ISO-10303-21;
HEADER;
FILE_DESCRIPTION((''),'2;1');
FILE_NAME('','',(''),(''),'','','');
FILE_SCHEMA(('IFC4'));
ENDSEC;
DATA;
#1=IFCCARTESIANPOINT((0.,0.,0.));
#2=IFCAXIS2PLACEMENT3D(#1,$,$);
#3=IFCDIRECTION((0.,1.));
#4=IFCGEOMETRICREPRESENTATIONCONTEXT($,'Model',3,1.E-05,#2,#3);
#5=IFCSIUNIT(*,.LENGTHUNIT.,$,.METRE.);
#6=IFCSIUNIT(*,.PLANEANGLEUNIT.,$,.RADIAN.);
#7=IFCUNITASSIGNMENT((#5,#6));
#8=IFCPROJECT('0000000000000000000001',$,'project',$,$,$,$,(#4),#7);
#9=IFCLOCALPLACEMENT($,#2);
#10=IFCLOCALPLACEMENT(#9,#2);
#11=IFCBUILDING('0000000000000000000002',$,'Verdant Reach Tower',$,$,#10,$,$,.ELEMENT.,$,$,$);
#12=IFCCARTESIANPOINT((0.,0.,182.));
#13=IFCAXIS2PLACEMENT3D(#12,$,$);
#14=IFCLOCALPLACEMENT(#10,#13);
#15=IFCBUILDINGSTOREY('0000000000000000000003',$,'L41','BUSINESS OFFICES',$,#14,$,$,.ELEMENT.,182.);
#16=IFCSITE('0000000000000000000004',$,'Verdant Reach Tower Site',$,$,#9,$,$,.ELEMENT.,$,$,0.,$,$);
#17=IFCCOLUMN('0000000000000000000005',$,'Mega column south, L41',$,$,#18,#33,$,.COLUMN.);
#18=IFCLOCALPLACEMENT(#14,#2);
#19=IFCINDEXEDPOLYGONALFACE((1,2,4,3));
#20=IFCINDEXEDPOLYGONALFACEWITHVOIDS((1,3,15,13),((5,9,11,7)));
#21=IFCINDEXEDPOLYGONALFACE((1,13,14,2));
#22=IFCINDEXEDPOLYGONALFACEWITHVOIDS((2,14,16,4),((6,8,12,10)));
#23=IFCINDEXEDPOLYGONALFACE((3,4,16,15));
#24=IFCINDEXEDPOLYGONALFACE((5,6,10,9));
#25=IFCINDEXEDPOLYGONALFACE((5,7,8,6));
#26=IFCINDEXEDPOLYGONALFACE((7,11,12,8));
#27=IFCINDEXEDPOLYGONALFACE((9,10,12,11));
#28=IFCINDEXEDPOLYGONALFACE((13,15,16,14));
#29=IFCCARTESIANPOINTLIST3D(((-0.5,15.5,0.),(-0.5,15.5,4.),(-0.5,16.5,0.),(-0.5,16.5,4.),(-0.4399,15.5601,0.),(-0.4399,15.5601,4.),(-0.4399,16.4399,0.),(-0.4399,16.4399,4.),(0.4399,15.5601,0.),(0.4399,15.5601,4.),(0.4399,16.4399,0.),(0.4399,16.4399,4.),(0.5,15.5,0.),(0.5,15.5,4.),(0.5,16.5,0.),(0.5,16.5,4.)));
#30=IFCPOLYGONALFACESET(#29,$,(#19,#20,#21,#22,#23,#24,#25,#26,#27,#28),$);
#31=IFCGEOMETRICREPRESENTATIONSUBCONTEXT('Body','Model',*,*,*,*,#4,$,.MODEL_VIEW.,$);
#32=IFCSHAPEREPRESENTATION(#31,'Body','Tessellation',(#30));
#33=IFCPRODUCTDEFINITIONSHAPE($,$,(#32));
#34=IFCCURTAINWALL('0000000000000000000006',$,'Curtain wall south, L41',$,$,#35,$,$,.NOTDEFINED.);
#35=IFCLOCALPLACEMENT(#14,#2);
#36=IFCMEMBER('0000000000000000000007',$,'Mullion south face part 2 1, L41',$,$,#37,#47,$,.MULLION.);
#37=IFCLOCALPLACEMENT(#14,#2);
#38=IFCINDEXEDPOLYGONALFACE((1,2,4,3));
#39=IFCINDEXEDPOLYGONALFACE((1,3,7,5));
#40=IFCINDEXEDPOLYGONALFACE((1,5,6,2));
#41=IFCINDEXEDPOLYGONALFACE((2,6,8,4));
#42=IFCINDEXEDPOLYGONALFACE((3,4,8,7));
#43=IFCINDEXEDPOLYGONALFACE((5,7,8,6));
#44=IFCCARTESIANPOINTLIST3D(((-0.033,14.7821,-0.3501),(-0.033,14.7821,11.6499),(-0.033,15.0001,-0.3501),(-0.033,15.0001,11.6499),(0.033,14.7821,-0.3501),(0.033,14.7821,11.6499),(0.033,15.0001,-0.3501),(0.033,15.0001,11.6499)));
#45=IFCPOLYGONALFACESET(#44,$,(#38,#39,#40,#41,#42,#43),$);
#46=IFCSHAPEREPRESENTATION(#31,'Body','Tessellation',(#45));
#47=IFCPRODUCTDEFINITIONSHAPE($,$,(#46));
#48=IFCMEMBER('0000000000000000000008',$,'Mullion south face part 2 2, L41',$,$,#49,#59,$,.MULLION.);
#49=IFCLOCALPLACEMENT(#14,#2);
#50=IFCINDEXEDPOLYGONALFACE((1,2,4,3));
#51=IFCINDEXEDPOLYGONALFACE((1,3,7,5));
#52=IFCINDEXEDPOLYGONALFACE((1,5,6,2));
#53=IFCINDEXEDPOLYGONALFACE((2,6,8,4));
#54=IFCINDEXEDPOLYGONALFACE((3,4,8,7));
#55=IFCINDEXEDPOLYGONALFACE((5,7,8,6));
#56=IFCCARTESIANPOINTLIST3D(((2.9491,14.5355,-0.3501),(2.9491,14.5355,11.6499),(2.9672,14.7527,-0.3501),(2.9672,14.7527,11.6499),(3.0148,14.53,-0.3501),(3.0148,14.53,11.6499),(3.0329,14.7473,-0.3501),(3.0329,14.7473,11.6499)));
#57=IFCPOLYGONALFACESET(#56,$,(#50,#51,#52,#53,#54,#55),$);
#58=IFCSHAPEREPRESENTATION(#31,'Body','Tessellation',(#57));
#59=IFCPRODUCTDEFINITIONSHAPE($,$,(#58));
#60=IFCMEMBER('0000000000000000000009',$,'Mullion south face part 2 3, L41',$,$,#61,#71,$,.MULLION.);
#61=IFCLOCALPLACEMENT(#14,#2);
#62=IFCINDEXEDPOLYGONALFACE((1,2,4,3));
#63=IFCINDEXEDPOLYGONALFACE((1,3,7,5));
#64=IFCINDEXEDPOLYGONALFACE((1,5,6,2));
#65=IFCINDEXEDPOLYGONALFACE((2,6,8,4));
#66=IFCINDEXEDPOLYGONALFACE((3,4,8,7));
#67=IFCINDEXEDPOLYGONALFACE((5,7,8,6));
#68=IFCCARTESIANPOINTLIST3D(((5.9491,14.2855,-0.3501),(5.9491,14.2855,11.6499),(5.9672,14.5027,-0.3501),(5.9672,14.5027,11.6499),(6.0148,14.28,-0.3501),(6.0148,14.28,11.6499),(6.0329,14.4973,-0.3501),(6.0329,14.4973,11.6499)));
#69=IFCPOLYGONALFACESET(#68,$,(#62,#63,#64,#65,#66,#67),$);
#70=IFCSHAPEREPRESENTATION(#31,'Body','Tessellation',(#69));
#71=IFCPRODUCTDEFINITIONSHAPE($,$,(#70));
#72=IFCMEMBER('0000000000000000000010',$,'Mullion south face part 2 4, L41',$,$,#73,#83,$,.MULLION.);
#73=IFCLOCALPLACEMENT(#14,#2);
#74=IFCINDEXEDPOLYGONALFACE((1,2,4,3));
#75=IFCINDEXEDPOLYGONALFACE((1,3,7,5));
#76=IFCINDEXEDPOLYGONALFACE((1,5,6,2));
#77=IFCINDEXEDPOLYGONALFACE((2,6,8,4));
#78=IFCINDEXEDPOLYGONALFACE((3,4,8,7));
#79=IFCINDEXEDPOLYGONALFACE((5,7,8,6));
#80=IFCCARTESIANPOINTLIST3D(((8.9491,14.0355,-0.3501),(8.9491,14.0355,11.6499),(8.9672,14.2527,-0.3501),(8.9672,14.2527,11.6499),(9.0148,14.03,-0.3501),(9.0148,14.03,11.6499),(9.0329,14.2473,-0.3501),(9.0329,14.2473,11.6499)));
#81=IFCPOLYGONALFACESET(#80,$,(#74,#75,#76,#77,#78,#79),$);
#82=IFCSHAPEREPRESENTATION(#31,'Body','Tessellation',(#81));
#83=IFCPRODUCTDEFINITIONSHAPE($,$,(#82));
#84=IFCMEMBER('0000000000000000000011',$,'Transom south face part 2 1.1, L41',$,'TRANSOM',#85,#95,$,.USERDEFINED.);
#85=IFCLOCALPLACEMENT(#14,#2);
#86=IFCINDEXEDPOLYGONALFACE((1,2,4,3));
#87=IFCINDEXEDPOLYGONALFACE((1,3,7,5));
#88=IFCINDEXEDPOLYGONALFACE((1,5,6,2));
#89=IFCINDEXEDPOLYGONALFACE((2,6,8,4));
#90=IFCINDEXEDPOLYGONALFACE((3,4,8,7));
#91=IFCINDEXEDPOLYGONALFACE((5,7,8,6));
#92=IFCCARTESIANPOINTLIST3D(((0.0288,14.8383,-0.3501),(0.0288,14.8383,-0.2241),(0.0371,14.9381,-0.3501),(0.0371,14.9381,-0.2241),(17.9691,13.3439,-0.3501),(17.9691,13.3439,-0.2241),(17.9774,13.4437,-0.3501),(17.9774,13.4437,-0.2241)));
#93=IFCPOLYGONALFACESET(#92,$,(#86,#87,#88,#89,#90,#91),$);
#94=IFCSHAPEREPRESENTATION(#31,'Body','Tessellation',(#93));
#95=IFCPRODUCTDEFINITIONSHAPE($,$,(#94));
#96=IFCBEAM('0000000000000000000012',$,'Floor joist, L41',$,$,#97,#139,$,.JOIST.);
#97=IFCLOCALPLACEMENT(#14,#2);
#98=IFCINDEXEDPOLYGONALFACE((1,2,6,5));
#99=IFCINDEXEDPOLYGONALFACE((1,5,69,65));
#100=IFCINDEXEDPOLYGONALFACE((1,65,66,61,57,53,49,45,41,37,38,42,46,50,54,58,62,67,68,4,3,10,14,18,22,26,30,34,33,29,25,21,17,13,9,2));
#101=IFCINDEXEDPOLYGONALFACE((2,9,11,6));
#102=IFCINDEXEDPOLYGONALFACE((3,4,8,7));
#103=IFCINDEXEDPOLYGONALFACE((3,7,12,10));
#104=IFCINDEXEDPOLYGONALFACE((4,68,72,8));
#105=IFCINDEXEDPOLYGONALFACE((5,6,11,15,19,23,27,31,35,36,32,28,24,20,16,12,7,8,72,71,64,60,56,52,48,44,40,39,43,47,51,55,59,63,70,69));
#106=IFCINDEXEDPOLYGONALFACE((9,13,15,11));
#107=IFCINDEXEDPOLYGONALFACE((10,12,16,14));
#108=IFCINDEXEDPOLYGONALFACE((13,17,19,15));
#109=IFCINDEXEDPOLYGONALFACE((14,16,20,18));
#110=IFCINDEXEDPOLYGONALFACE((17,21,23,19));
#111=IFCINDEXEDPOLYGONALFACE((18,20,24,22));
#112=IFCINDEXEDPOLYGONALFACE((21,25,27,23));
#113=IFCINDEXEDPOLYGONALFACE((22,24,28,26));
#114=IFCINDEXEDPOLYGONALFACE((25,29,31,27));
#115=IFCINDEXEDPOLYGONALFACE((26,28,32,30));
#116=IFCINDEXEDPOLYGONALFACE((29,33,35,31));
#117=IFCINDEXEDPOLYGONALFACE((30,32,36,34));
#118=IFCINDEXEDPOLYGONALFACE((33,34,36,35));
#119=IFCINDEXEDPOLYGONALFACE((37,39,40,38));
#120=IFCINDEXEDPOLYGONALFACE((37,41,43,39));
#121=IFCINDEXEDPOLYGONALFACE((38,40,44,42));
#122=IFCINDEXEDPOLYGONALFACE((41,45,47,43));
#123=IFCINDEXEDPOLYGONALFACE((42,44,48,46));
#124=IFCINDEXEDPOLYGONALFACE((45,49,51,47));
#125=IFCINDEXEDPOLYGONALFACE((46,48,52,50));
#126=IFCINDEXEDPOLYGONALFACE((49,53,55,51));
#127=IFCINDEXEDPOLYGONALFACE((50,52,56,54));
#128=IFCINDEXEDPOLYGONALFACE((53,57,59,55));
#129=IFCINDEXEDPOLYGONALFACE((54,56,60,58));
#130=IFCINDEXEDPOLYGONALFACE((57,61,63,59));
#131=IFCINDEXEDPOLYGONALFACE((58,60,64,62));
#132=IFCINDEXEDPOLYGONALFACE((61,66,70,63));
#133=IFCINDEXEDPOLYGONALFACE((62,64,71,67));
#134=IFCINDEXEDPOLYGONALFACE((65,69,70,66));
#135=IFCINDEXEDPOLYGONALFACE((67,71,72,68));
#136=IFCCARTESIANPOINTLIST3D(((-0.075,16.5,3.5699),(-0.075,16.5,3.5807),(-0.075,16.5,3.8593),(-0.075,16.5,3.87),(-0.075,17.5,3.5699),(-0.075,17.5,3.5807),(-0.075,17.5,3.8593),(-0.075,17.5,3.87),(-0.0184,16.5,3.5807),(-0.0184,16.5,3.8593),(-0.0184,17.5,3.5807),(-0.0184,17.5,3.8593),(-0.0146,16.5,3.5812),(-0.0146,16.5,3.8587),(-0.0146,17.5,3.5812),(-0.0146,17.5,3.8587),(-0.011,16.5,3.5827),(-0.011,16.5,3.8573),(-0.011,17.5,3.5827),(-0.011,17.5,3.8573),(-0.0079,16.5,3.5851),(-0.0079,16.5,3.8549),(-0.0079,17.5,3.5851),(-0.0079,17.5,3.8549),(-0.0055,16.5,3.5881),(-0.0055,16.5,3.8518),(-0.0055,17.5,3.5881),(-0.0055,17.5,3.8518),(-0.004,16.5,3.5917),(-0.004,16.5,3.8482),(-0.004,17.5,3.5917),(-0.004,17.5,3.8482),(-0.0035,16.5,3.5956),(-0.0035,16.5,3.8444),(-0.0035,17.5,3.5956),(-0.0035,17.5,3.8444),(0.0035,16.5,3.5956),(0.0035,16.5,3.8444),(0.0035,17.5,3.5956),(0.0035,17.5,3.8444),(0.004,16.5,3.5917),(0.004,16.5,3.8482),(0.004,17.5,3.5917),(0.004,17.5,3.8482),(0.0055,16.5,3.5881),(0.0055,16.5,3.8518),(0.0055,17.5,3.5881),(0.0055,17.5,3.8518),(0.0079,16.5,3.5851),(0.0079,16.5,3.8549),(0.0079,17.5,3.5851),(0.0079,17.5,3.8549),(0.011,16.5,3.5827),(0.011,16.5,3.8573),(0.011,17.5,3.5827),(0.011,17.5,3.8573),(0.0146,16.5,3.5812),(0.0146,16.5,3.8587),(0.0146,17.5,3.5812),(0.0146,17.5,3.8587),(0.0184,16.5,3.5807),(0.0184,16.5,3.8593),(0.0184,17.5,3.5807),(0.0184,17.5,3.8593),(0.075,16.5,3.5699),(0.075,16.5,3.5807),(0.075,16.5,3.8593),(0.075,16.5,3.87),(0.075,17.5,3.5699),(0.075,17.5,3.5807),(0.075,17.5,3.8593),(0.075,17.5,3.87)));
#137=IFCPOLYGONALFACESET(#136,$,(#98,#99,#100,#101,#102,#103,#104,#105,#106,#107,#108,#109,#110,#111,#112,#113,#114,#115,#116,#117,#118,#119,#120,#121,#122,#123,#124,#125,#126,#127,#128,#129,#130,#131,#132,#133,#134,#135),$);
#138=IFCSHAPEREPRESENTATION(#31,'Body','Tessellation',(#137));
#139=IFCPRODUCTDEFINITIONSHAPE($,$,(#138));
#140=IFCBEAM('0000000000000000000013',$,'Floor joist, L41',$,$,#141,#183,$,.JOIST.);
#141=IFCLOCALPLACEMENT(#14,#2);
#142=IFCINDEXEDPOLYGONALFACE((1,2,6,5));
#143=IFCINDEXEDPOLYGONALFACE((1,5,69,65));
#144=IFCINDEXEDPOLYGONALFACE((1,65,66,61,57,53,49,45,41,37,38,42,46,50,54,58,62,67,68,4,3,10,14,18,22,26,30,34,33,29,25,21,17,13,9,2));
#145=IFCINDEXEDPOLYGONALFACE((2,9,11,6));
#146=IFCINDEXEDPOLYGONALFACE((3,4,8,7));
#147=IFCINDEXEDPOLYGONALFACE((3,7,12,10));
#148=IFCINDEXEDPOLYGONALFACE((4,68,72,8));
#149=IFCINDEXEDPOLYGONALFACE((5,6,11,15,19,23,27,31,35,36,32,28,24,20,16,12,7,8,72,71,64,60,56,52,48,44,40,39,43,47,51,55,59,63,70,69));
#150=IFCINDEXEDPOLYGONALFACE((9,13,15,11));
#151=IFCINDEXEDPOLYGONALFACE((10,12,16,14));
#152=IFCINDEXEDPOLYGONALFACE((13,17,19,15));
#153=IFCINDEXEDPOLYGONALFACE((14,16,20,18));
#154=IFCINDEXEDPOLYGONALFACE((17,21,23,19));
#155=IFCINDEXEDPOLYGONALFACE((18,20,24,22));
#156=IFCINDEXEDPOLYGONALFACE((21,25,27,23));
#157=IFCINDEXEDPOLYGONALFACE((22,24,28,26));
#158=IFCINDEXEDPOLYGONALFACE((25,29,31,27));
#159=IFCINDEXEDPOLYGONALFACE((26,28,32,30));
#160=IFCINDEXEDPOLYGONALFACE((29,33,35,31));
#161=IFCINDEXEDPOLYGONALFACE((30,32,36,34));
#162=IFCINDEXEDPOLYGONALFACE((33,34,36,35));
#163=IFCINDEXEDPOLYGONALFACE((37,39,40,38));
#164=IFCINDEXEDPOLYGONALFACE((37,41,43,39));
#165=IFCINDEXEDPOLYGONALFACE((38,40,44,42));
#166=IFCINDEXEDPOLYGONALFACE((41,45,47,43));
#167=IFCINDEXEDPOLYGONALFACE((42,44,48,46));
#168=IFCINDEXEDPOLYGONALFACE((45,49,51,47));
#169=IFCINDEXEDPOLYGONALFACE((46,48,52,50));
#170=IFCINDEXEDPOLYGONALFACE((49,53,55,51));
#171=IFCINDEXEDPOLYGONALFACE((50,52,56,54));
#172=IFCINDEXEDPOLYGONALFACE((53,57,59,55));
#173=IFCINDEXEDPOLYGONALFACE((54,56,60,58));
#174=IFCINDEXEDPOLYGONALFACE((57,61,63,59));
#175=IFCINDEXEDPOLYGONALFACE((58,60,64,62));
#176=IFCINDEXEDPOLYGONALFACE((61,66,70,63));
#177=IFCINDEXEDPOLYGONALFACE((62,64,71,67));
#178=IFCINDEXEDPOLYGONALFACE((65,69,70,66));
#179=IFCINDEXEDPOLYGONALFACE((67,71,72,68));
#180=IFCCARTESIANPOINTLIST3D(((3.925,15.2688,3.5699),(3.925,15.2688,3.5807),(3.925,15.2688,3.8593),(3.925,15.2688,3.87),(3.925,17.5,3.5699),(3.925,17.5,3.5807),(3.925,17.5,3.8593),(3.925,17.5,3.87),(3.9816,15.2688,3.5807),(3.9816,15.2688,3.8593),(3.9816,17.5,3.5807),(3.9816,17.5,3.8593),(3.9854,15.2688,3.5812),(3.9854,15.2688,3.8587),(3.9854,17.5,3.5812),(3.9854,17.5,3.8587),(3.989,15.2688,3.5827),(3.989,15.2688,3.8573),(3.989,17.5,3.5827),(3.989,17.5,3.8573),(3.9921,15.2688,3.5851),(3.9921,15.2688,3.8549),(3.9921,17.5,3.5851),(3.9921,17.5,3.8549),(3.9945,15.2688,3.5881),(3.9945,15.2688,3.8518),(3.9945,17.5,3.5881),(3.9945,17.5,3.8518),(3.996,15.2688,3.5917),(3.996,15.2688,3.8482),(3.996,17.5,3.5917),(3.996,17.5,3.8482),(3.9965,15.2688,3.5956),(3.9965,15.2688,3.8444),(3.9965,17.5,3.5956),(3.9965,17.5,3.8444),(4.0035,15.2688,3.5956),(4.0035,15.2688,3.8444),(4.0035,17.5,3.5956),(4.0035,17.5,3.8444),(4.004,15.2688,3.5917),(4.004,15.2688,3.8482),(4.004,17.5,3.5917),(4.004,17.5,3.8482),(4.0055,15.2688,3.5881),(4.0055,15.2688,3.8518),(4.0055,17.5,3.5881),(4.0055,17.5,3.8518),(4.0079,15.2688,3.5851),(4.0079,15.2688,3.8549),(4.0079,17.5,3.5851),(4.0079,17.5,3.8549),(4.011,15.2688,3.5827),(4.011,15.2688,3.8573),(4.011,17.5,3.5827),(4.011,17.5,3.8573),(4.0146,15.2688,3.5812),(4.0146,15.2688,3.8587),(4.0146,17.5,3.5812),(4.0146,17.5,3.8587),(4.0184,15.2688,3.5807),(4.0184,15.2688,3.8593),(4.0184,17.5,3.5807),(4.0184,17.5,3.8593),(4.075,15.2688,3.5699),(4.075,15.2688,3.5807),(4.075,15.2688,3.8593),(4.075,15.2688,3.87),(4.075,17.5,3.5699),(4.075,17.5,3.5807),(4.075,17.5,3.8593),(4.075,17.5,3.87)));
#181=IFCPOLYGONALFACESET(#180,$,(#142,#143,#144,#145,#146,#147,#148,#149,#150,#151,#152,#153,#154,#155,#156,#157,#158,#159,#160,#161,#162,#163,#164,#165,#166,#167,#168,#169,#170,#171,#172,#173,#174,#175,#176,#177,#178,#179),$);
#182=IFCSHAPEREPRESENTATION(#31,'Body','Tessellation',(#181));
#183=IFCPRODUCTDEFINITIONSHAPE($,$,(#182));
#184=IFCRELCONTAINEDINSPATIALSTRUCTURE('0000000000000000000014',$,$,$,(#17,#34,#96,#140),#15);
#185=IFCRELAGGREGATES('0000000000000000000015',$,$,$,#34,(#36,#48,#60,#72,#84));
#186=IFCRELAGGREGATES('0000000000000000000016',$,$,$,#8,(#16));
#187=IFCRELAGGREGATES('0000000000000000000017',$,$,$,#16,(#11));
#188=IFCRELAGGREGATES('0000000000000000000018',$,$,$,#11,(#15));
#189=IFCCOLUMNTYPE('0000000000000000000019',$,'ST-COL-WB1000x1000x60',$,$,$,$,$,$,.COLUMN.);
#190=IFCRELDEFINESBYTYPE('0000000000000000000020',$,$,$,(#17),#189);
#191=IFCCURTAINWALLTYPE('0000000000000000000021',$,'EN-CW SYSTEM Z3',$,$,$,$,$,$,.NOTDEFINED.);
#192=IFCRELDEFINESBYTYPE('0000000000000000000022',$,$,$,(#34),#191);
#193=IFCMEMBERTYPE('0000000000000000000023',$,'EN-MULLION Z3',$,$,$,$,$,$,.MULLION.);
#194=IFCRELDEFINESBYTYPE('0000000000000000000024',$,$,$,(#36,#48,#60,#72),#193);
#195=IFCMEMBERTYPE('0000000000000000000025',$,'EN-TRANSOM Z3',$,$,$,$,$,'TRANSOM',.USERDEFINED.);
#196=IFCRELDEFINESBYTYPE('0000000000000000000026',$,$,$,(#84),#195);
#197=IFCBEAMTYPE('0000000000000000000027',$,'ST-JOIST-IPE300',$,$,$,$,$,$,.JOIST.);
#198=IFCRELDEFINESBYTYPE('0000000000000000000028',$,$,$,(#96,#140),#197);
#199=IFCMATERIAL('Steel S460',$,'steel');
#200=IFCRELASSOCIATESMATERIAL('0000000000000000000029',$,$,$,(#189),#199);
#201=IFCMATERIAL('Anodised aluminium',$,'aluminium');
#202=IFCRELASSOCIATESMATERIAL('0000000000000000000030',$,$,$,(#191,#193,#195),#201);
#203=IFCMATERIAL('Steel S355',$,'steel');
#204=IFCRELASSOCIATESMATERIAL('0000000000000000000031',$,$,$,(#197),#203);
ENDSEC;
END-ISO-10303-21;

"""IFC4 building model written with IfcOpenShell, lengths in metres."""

from ifc_helpers import new_model, si_unit, direction, frame, origin, origin_2d, place, context, subcontext, project, spatial, rectangle, hollow_rectangle, i_section, extrude, material, material_profile, profile_set, type_object, element, aggregate, save


model = new_model("IFC4")

# Units and contexts
model_context = context("Model", 3, precision=1e-05, world=origin(), true_north=direction((0.0, 1.0)))
body_context = subcontext(model_context, "Body", "Model", "MODEL_VIEW")
ifc_project = project(units=[si_unit("LENGTHUNIT", "METRE"), si_unit("PLANEANGLEUNIT", "RADIAN")], contexts=[model_context])

# Site, building, storey
site_placement = place(None, origin())
site = spatial("IfcSite", under=ifc_project, at=site_placement, Name="Verdant Reach Tower Site", CompositionType="ELEMENT", RefElevation=0.0)
building_placement = place(site_placement, origin())
building = spatial("IfcBuilding", under=site, at=building_placement, Name="Verdant Reach Tower", CompositionType="ELEMENT")
storey_placement = place(building_placement, frame((0.0, 0.0, 182.0)))
storey = spatial("IfcBuildingStorey", under=building, at=storey_placement, Name="L41", Description="BUSINESS OFFICES", CompositionType="ELEMENT", Elevation=182.0)

# Column
ifc_material_1 = material(Name="Steel S460", Category="steel")
ifc_material_profile_1 = material_profile(ifc_material_1, hollow_rectangle(XDim=1.0, YDim=1.0, WallThickness=0.0601, at=origin_2d()), Name="WB 1000x1000x60")
ifc_profile_set_1 = profile_set([ifc_material_profile_1], Name="Steel S460")
column_type = type_object("IfcColumnType", Name="ST-COL-WB1000x1000x60", PredefinedType="COLUMN", material=ifc_profile_set_1)
column_placement = place(storey_placement, frame((0.0, 16.0, 0.0), z_axis=(0.0, 0.0, 1.0), x_axis=(1.0, 0.0, 0.0)))
element("IfcColumn", 1, at=column_placement, inside=storey, type_object=column_type, Name="Mega column south, L41", PredefinedType="COLUMN", context=body_context, shape_type="SweptSolid", body=[
    extrude(hollow_rectangle(XDim=1.0, YDim=1.0, WallThickness=0.0601, at=origin_2d()), origin(), (0.0, 0.0, 1.0), 4.0),
])

# Curtain wall, members
ifc_material_2 = material(Name="Anodised aluminium", Category="aluminium")
curtain_wall_type = type_object("IfcCurtainWallType", Name="EN-CW SYSTEM Z3", PredefinedType="NOTDEFINED", material=ifc_material_2)
curtain_wall_placement = place(storey_placement, origin())
curtain_wall = element("IfcCurtainWall", 2, at=curtain_wall_placement, inside=storey, type_object=curtain_wall_type, Name="Curtain wall south, L41", PredefinedType="NOTDEFINED")
ifc_material_profile_2 = material_profile(ifc_material_2, rectangle(XDim=0.218, YDim=0.0659, at=origin_2d()), Name="Mullion 66x218")
ifc_profile_set_2 = profile_set([ifc_material_profile_2], Name="Anodised aluminium")
member_type_1 = type_object("IfcMemberType", Name="EN-MULLION Z3", PredefinedType="MULLION", material=ifc_profile_set_2)
member_1_placement = place(storey_placement, frame((0.0, 14.8911, -0.3501), z_axis=(0.0, 0.0, 1.0), x_axis=(0.0, -1.0, 0.0)))
member_1 = element("IfcMember", 3, at=member_1_placement, type_object=member_type_1, Name="Mullion south face part 2 1, L41", PredefinedType="MULLION", context=body_context, shape_type="SweptSolid", body=[
    extrude(rectangle(XDim=0.218, YDim=0.0659, at=origin_2d()), origin(), (0.0, 0.0, 1.0), 12.0),
])
member_2_placement = place(storey_placement, frame((2.991, 14.6414, -0.3501), z_axis=(0.0, 0.0, 1.0), x_axis=(-0.083045, -0.996546, 0.0)))
member_2 = element("IfcMember", 4, at=member_2_placement, type_object=member_type_1, Name="Mullion south face part 2 2, L41", PredefinedType="MULLION", context=body_context, shape_type="SweptSolid", body=[
    extrude(rectangle(XDim=0.218, YDim=0.0659, at=origin_2d()), origin(), (0.0, 0.0, 1.0), 12.0),
])
member_3_placement = place(storey_placement, frame((5.991, 14.3914, -0.3501), z_axis=(0.0, 0.0, 1.0), x_axis=(-0.083045, -0.996546, 0.0)))
member_3 = element("IfcMember", 5, at=member_3_placement, type_object=member_type_1, Name="Mullion south face part 2 3, L41", PredefinedType="MULLION", context=body_context, shape_type="SweptSolid", body=[
    extrude(rectangle(XDim=0.218, YDim=0.0659, at=origin_2d()), origin(), (0.0, 0.0, 1.0), 12.0),
])
member_4_placement = place(storey_placement, frame((8.991, 14.1414, -0.3501), z_axis=(0.0, 0.0, 1.0), x_axis=(-0.083045, -0.996546, 0.0)))
member_4 = element("IfcMember", 6, at=member_4_placement, type_object=member_type_1, Name="Mullion south face part 2 4, L41", PredefinedType="MULLION", context=body_context, shape_type="SweptSolid", body=[
    extrude(rectangle(XDim=0.218, YDim=0.0659, at=origin_2d()), origin(), (0.0, 0.0, 1.0), 12.0),
])
ifc_material_profile_3 = material_profile(ifc_material_2, rectangle(XDim=0.1001, YDim=0.126, at=origin_2d()), Name="Transom 126x100")
ifc_profile_set_3 = profile_set([ifc_material_profile_3], Name="Anodised aluminium")
member_type_2 = type_object("IfcMemberType", Name="EN-TRANSOM Z3", ElementType="TRANSOM", PredefinedType="USERDEFINED", material=ifc_profile_set_3)
member_5_placement = place(storey_placement, frame((0.033, 14.8882, -0.2871), z_axis=(0.996549, -0.08301, 0.0), x_axis=(0.08301, 0.996549, 0.0)))
member_5 = element("IfcMember", 7, at=member_5_placement, type_object=member_type_2, Name="Transom south face part 2 1.1, L41", ObjectType="TRANSOM", PredefinedType="USERDEFINED", context=body_context, shape_type="SweptSolid", body=[
    extrude(rectangle(XDim=0.1001, YDim=0.126, at=origin_2d()), origin(), (0.0, 0.0, 1.0), 18.0024),
])

# Beams
ifc_material_3 = material(Name="Steel S355", Category="steel")
ifc_material_profile_4 = material_profile(ifc_material_3, i_section(OverallWidth=0.1499, OverallDepth=0.3, WebThickness=0.0071, FlangeThickness=0.0107, FilletRadius=0.0149, at=origin_2d()), Name="IPE 300")
ifc_profile_set_4 = profile_set([ifc_material_profile_4], Name="Steel S355")
beam_type = type_object("IfcBeamType", Name="ST-JOIST-IPE300", PredefinedType="JOIST", material=ifc_profile_set_4)
beam_1_placement = place(storey_placement, frame((0.0, 17.5, 3.72), z_axis=(0.0, -1.0, 0.0), x_axis=(1.0, 0.0, 0.0)))
element("IfcBeam", 8, at=beam_1_placement, inside=storey, type_object=beam_type, Name="Floor joist, L41", PredefinedType="JOIST", context=body_context, shape_type="SweptSolid", body=[
    extrude(i_section(OverallWidth=0.1499, OverallDepth=0.3, WebThickness=0.0071, FlangeThickness=0.0107, FilletRadius=0.0149, at=origin_2d()), origin(), (0.0, 0.0, 1.0), 1.0),
])
beam_2_placement = place(storey_placement, frame((4.0, 17.5, 3.72), z_axis=(0.0, -1.0, 0.0), x_axis=(1.0, 0.0, 0.0)))
element("IfcBeam", 9, at=beam_2_placement, inside=storey, type_object=beam_type, Name="Floor joist, L41", PredefinedType="JOIST", context=body_context, shape_type="SweptSolid", body=[
    extrude(i_section(OverallWidth=0.1499, OverallDepth=0.3, WebThickness=0.0071, FlangeThickness=0.0107, FilletRadius=0.0149, at=origin_2d()), origin(), (0.0, 0.0, 1.0), 2.2312),
])

aggregate(curtain_wall, [member_1, member_2, member_3, member_4, member_5])

save(model, "model.ifc")
